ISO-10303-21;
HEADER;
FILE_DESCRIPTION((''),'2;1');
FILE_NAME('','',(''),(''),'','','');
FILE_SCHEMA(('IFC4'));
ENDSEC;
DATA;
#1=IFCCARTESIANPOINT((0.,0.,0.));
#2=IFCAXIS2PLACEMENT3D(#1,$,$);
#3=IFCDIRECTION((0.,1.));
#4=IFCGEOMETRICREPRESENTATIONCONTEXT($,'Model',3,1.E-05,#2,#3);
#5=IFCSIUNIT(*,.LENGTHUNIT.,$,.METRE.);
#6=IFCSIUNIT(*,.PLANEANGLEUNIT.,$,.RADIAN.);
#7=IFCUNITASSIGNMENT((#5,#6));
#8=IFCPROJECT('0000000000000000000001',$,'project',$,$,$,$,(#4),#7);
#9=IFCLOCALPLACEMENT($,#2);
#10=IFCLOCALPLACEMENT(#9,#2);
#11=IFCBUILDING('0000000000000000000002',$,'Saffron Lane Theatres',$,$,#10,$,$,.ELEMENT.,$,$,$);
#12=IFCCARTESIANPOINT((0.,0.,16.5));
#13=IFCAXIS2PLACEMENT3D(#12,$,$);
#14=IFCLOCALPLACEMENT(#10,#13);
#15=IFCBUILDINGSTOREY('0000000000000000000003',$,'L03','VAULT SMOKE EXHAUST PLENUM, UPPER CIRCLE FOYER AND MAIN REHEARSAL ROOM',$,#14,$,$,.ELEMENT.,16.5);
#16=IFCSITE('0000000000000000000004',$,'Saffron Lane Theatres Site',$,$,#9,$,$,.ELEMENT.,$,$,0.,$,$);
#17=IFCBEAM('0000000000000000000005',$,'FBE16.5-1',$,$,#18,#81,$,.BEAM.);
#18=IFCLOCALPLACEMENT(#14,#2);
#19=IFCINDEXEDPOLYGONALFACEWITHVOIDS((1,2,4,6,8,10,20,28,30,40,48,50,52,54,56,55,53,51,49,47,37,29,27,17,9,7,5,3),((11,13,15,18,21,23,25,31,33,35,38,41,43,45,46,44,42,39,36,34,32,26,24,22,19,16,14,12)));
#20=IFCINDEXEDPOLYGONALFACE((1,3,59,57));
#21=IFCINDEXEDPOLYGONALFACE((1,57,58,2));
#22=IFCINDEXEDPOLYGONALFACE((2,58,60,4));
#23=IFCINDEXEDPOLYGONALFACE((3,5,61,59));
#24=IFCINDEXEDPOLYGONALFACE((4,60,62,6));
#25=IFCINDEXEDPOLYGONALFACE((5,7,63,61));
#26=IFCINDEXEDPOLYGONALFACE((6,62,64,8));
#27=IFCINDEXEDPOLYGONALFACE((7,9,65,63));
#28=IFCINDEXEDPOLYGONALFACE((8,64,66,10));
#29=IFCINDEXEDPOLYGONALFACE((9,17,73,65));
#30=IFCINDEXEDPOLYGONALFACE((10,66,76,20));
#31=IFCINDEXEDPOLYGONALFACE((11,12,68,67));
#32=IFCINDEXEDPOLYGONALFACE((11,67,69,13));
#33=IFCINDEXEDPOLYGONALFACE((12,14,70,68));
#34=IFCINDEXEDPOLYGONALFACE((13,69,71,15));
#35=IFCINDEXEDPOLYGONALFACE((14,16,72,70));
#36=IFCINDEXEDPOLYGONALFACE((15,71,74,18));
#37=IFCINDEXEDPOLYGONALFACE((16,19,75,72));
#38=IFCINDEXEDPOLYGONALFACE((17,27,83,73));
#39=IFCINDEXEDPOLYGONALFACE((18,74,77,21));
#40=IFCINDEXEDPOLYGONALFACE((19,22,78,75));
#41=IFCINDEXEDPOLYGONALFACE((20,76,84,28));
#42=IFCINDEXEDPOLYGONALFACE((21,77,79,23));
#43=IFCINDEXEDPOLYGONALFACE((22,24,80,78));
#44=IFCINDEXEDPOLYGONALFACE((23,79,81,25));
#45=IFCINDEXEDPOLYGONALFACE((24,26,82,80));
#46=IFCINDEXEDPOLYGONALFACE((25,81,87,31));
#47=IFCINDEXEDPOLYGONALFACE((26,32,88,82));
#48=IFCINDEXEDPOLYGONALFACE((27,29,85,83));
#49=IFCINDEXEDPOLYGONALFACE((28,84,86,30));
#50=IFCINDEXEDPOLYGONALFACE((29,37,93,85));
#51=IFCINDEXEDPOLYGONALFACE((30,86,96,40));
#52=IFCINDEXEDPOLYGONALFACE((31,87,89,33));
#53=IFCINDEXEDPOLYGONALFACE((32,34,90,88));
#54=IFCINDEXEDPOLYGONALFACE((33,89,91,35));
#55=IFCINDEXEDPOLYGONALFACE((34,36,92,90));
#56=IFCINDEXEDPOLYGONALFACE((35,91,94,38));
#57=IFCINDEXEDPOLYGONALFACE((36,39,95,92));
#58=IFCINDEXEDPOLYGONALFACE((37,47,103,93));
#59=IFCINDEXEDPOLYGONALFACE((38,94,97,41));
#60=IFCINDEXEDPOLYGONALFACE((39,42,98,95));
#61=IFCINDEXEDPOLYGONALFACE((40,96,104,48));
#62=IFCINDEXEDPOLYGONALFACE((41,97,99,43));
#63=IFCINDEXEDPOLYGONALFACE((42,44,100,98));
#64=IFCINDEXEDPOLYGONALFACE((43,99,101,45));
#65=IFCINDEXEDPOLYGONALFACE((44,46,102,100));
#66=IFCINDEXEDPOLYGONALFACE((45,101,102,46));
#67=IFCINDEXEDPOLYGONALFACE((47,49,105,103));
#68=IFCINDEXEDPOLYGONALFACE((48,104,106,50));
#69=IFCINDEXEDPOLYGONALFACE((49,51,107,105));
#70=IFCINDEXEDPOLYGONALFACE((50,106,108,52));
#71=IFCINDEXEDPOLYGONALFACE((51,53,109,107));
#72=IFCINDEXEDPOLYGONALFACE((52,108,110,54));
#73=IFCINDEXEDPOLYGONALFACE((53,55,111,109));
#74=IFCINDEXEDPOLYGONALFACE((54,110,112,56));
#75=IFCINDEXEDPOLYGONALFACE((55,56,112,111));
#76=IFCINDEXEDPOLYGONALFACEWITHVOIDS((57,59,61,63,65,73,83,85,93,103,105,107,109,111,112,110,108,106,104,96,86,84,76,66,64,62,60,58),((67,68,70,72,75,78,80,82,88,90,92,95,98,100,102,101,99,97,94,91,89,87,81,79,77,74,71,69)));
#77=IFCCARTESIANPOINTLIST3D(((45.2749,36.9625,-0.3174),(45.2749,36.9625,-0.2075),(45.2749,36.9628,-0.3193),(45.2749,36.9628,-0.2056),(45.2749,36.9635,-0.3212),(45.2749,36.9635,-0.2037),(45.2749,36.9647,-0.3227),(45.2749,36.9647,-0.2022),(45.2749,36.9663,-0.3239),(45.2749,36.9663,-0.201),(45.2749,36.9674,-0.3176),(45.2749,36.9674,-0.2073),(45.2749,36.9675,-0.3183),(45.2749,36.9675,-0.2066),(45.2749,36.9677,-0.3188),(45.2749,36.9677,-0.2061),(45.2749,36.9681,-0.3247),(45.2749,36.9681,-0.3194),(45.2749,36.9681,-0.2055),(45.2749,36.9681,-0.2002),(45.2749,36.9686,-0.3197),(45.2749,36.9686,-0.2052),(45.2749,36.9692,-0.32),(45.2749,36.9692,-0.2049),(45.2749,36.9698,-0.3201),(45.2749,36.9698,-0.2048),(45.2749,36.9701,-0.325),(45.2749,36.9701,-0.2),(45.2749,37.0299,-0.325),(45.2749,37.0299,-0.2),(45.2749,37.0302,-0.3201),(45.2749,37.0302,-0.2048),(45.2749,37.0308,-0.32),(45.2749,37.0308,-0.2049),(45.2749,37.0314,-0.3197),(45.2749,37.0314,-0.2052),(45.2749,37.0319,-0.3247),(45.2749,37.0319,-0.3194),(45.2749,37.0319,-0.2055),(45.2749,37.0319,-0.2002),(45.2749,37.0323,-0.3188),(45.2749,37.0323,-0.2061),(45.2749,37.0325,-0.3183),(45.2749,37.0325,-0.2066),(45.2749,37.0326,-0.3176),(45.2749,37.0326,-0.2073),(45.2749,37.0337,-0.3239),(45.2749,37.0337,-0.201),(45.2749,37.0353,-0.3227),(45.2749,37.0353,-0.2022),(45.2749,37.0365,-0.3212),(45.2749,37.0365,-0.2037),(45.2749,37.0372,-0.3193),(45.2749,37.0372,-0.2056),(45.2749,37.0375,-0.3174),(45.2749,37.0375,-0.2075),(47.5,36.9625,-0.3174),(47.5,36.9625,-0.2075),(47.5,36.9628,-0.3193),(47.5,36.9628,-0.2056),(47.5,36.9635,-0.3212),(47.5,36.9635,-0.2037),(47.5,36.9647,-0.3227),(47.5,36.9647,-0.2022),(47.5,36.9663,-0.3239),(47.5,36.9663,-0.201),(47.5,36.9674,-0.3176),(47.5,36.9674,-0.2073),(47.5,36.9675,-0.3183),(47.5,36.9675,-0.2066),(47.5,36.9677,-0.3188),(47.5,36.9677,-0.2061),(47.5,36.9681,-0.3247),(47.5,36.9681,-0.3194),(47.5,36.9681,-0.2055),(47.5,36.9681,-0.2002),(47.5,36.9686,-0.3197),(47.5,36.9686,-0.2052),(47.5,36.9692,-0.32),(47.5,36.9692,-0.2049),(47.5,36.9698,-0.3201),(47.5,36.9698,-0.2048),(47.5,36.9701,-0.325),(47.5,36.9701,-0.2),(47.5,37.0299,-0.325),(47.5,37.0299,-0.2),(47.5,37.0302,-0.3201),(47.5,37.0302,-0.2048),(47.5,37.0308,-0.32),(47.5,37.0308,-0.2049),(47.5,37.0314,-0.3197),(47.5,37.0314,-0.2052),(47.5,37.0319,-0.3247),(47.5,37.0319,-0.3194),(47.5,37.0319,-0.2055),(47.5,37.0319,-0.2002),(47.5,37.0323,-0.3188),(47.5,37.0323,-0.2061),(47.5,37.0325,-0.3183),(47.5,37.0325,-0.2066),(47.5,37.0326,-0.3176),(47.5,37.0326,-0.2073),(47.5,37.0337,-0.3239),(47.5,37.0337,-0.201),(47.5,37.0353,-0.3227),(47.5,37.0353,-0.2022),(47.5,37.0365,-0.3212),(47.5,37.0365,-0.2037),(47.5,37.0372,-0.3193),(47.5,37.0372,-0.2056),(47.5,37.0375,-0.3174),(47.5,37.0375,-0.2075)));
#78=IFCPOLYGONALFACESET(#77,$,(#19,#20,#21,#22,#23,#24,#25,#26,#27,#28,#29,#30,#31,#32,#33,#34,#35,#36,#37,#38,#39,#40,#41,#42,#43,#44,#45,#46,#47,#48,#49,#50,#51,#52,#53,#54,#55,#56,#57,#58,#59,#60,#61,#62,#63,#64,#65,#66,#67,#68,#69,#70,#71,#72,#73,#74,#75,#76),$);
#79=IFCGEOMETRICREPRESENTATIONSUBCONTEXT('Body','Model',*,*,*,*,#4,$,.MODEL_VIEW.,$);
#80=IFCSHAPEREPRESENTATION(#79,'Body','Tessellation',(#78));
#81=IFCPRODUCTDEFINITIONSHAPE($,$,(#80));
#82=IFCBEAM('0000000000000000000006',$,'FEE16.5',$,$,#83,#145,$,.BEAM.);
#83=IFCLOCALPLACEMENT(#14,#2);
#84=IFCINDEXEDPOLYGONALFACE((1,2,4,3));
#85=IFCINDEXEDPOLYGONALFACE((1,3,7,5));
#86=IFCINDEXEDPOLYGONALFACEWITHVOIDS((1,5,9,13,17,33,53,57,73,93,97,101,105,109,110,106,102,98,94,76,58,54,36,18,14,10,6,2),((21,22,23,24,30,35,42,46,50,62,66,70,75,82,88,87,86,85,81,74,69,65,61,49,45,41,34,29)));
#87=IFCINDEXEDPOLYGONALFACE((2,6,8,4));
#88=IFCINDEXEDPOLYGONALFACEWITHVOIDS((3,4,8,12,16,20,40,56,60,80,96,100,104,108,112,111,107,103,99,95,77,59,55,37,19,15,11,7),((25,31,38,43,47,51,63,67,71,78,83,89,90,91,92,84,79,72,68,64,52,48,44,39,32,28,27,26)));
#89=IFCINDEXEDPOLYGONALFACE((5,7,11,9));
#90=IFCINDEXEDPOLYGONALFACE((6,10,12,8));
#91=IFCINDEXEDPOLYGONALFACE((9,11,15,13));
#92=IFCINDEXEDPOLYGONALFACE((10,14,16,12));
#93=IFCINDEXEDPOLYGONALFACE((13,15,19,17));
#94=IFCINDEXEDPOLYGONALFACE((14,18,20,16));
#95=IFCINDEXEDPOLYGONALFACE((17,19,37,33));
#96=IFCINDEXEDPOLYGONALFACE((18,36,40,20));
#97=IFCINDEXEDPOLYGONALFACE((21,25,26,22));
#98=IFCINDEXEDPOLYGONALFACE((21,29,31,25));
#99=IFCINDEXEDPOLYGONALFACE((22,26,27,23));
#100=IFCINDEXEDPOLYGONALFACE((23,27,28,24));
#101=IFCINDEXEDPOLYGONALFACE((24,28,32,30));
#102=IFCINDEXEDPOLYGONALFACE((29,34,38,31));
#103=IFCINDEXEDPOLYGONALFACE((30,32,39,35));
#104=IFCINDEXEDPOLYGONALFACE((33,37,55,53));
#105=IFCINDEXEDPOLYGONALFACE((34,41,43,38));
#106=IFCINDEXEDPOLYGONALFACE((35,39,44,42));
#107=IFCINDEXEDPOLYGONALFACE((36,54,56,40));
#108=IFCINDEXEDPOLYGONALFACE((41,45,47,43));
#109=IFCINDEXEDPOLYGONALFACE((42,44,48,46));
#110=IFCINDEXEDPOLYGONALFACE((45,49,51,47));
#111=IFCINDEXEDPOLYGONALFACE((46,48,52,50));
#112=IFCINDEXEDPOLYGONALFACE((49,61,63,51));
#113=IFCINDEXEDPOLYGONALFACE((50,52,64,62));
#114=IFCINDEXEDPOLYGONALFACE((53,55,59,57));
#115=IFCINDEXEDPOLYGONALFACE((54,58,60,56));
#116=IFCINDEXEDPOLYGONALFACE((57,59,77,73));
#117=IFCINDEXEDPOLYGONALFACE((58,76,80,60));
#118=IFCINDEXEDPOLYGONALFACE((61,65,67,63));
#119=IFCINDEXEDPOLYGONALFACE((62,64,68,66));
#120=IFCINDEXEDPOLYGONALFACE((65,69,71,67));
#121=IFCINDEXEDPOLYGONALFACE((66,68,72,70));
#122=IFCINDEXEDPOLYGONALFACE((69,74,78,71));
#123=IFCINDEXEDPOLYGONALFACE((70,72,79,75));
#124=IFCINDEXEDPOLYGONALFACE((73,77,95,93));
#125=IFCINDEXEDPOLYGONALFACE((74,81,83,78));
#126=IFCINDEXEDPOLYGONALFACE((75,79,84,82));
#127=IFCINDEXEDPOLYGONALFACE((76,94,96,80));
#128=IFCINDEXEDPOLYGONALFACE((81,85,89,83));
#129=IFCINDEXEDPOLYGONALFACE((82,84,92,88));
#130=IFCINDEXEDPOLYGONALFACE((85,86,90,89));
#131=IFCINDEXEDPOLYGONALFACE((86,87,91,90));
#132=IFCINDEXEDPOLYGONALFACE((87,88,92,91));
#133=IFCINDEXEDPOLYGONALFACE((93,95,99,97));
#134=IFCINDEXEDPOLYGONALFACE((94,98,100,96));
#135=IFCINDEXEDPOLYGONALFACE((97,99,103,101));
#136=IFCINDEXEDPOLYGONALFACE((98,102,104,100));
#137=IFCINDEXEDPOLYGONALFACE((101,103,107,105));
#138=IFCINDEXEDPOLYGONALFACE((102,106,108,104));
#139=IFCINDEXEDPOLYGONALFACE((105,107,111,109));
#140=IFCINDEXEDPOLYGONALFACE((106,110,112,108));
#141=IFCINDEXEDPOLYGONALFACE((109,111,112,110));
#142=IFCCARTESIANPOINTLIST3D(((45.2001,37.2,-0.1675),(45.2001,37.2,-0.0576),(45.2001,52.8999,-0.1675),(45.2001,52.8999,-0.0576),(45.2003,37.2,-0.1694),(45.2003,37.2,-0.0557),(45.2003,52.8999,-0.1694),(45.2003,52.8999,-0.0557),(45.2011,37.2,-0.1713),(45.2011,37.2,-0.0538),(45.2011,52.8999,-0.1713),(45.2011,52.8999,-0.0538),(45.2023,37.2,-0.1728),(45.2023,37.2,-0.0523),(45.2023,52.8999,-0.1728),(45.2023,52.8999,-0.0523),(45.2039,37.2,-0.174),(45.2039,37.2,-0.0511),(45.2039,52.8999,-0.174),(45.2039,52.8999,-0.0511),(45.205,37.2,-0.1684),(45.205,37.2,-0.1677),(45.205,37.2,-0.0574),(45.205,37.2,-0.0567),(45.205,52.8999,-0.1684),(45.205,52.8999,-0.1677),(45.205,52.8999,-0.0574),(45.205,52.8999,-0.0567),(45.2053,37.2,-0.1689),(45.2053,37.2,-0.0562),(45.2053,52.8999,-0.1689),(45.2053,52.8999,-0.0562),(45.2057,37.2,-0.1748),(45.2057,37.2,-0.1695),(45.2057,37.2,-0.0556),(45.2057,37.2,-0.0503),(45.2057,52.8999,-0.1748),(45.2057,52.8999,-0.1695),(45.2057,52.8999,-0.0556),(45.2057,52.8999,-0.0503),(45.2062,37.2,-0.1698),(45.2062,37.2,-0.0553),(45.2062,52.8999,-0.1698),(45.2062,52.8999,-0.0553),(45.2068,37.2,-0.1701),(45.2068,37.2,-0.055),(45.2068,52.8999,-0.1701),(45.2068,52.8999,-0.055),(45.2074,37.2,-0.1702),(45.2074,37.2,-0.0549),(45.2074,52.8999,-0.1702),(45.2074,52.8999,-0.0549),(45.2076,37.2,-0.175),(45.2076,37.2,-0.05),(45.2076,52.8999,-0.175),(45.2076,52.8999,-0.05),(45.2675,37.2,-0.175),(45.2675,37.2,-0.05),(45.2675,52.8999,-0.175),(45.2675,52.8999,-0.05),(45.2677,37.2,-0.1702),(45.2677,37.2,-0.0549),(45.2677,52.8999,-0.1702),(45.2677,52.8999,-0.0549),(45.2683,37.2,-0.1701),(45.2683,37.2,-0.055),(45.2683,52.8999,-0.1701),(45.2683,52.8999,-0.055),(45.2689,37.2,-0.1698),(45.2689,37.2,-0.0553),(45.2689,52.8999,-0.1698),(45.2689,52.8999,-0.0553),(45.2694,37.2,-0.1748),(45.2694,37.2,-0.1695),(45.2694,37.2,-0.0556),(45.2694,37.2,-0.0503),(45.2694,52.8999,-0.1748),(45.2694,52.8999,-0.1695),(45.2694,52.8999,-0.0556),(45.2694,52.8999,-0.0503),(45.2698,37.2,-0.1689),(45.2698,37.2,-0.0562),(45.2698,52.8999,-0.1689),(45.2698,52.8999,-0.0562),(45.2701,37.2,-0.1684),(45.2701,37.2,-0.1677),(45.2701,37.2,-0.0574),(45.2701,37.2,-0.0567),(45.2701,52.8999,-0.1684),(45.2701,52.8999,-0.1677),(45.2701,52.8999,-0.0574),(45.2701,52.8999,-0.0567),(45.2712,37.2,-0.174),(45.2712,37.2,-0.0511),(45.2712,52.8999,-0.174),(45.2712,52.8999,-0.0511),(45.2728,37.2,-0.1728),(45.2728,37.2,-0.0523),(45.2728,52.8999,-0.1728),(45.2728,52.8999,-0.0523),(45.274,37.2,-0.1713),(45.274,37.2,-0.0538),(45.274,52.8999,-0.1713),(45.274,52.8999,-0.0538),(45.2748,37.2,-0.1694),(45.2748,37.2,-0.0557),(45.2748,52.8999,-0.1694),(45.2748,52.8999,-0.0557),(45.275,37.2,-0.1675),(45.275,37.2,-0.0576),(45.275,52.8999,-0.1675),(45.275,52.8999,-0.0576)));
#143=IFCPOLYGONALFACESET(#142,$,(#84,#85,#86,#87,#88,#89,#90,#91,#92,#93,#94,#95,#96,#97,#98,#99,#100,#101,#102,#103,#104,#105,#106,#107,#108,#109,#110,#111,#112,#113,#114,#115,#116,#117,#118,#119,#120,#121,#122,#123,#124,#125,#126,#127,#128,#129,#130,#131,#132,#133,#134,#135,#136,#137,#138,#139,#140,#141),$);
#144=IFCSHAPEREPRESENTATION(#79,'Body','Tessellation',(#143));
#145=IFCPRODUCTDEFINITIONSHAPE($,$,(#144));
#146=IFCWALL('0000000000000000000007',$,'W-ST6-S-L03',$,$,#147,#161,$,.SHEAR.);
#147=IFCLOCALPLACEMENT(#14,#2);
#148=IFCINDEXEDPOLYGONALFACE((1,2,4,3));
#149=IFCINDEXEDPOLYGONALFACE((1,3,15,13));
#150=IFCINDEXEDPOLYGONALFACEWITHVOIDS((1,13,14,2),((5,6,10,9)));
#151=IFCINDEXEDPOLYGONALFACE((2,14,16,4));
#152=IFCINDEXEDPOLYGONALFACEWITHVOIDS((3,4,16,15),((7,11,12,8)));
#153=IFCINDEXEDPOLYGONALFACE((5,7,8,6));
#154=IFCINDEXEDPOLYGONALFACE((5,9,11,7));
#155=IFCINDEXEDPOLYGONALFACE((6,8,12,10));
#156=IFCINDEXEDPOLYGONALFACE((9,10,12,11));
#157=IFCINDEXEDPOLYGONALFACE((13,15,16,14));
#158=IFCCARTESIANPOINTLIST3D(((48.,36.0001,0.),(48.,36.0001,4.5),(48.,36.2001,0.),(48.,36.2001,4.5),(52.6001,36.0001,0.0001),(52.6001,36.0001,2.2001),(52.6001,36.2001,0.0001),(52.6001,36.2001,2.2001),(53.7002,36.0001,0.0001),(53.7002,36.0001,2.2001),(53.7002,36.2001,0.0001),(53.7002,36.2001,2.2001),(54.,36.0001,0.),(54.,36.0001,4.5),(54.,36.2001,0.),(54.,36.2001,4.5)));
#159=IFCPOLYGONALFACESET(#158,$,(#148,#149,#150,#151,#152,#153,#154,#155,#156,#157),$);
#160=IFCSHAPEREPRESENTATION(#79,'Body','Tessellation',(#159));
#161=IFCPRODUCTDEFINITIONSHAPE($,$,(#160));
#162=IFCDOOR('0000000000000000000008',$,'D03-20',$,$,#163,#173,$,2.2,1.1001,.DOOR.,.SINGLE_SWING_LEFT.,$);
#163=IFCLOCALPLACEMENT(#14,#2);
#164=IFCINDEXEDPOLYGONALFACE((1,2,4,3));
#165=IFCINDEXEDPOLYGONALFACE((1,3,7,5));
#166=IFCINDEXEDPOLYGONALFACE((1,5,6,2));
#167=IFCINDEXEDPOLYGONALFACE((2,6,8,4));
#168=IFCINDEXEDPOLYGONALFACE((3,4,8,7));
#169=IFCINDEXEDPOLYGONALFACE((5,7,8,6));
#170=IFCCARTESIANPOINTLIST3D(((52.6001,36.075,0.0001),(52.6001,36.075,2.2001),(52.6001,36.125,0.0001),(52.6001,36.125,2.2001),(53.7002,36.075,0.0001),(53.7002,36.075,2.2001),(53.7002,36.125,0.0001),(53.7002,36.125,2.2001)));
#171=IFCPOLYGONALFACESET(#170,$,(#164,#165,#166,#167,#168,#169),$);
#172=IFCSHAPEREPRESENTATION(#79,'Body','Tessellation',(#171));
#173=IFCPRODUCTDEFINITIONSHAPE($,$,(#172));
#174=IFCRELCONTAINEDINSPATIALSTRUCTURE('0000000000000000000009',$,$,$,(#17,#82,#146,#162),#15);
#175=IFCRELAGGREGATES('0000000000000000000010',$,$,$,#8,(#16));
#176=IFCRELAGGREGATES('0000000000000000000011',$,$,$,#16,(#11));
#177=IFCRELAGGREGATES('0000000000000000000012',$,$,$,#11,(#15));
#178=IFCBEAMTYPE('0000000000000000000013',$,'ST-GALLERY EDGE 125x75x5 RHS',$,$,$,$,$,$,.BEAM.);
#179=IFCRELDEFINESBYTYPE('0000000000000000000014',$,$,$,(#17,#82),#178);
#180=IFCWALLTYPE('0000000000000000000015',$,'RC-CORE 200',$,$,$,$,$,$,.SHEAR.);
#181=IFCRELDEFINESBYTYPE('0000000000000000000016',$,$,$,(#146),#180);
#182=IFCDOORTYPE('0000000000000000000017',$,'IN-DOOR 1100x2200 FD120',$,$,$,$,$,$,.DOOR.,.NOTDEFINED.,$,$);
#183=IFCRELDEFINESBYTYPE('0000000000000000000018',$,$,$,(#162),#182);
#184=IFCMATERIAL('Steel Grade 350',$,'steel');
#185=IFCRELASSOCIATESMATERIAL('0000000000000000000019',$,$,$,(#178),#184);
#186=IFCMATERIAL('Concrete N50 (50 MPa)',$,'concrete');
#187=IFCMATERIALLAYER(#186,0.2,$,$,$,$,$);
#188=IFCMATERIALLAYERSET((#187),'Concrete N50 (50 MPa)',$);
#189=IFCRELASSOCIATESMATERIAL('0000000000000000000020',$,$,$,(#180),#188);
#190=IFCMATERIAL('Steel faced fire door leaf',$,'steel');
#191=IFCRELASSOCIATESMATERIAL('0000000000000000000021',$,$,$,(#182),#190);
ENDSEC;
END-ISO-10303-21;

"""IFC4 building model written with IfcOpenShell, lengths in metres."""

from ifc_helpers import new_model, si_unit, direction, frame, frame_2d, origin, origin_2d, place, context, subcontext, project, spatial, rectangle, hollow_rectangle, extrude, material, layer, layer_set, material_profile, profile_set, type_object, element, fill, save


model = new_model("IFC4")

# Units and contexts
model_context = context("Model", 3, precision=1e-05, world=origin(), true_north=direction((0.0, 1.0)))
body_context = subcontext(model_context, "Body", "Model", "MODEL_VIEW")
ifc_project = project(units=[si_unit("LENGTHUNIT", "METRE"), si_unit("PLANEANGLEUNIT", "RADIAN")], contexts=[model_context])

# Site, building, storey
site_placement = place(None, origin())
site = spatial("IfcSite", under=ifc_project, at=site_placement, Name="Saffron Lane Theatres Site", CompositionType="ELEMENT", RefElevation=0.0)
building_placement = place(site_placement, origin())
building = spatial("IfcBuilding", under=site, at=building_placement, Name="Saffron Lane Theatres", CompositionType="ELEMENT")
storey_placement = place(building_placement, frame((0.0, 0.0, 16.5)))
storey = spatial("IfcBuildingStorey", under=building, at=storey_placement, Name="L03", Description="VAULT SMOKE EXHAUST PLENUM, UPPER CIRCLE FOYER AND MAIN REHEARSAL ROOM", CompositionType="ELEMENT", Elevation=16.5)

# Beams
ifc_material_1 = material(Name="Steel Grade 350", Category="steel")
ifc_material_profile_1 = material_profile(ifc_material_1, hollow_rectangle(XDim=0.075, YDim=0.125, WallThickness=0.0049, InnerFilletRadius=0.0024, OuterFilletRadius=0.0076, at=origin_2d()))
ifc_profile_set_1 = profile_set([ifc_material_profile_1], Name="Steel Grade 350")
beam_type_1 = type_object("IfcBeamType", Name="ST-GALLERY EDGE 125x75x5 RHS", PredefinedType="BEAM", material=ifc_profile_set_1)
beam_1_placement = place(storey_placement, frame((45.2749, 37.0, -0.2625), z_axis=(1.0, 0.0, 0.0), x_axis=(0.0, 1.0, 0.0)))
element("IfcBeam", 1, at=beam_1_placement, inside=storey, type_object=beam_type_1, Name="FBE16.5-1", PredefinedType="BEAM", context=body_context, shape_type="SweptSolid", body=[
    extrude(hollow_rectangle(XDim=0.075, YDim=0.125, WallThickness=0.0049, InnerFilletRadius=0.0024, OuterFilletRadius=0.0076, at=origin_2d()), origin(), (0.0, 0.0, 1.0), 2.2251),
])
beam_2_placement = place(storey_placement, frame((45.2375, 37.2, -0.1125), z_axis=(0.0, 1.0, 0.0), x_axis=(-1.0, 0.0, 0.0)))
element("IfcBeam", 2, at=beam_2_placement, inside=storey, type_object=beam_type_1, Name="FEE16.5", PredefinedType="BEAM", context=body_context, shape_type="SweptSolid", body=[
    extrude(hollow_rectangle(XDim=0.075, YDim=0.125, WallThickness=0.0049, InnerFilletRadius=0.0024, OuterFilletRadius=0.0076, at=origin_2d()), origin(), (0.0, 0.0, 1.0), 15.7),
])

# Wall, opening, door
ifc_material_2 = material(Name="Concrete N50 (50 MPa)", Category="concrete")
ifc_layer = layer(ifc_material_2, 0.2)
ifc_layer_set = layer_set([ifc_layer], Name="Concrete N50 (50 MPa)")
wall_type = type_object("IfcWallType", Name="RC-CORE 200", PredefinedType="SHEAR", material=ifc_layer_set)
wall_placement = place(storey_placement, frame((48.0, 36.1001, 0.0), z_axis=(0.0, 0.0, 1.0), x_axis=(1.0, 0.0, 0.0)))
wall = element("IfcWall", 3, at=wall_placement, inside=storey, type_object=wall_type, Name="W-ST6-S-L03", PredefinedType="SHEAR", context=body_context, shape_type="SweptSolid", body=[
    extrude(rectangle(XDim=6.0, YDim=0.2, at=frame_2d((3.0, 0.0))), origin(), (0.0, 0.0, 1.0), 4.5),
])
opening_placement = place(wall_placement, frame((4.6001, 0.0, 0.0)))
opening = element("IfcOpeningElement", 4, at=opening_placement, cuts=wall, PredefinedType="OPENING", context=body_context, shape_type="SweptSolid", body=[
    extrude(rectangle(XDim=1.1001, YDim=2.2, at=frame_2d((0.55, 1.1001))), frame((0.0, 0.1099, 0.0), z_axis=(0.0, -1.0, 0.0), x_axis=(1.0, 0.0, 0.0)), (0.0, 0.0, 1.0), 0.22),
])
ifc_material_3 = material(Name="Steel faced fire door leaf", Category="steel")
door_type = type_object("IfcDoorType", Name="IN-DOOR 1100x2200 FD120", OperationType="NOTDEFINED", PredefinedType="DOOR", material=ifc_material_3)
door_placement = place(opening_placement, origin())
door = element("IfcDoor", 5, at=door_placement, inside=storey, type_object=door_type, Name="D03-20", OperationType="SINGLE_SWING_LEFT", OverallHeight=2.2, OverallWidth=1.1001, PredefinedType="DOOR", context=body_context, shape_type="SweptSolid", body=[
    extrude(rectangle(XDim=1.1001, YDim=2.2, at=frame_2d((0.55, 1.1001))), frame((0.0, 0.0249, 0.0), z_axis=(0.0, -1.0, 0.0), x_axis=(1.0, 0.0, 0.0)), (0.0, 0.0, 1.0), 0.05),
])
fill(opening, door)

save(model, "model.ifc")
